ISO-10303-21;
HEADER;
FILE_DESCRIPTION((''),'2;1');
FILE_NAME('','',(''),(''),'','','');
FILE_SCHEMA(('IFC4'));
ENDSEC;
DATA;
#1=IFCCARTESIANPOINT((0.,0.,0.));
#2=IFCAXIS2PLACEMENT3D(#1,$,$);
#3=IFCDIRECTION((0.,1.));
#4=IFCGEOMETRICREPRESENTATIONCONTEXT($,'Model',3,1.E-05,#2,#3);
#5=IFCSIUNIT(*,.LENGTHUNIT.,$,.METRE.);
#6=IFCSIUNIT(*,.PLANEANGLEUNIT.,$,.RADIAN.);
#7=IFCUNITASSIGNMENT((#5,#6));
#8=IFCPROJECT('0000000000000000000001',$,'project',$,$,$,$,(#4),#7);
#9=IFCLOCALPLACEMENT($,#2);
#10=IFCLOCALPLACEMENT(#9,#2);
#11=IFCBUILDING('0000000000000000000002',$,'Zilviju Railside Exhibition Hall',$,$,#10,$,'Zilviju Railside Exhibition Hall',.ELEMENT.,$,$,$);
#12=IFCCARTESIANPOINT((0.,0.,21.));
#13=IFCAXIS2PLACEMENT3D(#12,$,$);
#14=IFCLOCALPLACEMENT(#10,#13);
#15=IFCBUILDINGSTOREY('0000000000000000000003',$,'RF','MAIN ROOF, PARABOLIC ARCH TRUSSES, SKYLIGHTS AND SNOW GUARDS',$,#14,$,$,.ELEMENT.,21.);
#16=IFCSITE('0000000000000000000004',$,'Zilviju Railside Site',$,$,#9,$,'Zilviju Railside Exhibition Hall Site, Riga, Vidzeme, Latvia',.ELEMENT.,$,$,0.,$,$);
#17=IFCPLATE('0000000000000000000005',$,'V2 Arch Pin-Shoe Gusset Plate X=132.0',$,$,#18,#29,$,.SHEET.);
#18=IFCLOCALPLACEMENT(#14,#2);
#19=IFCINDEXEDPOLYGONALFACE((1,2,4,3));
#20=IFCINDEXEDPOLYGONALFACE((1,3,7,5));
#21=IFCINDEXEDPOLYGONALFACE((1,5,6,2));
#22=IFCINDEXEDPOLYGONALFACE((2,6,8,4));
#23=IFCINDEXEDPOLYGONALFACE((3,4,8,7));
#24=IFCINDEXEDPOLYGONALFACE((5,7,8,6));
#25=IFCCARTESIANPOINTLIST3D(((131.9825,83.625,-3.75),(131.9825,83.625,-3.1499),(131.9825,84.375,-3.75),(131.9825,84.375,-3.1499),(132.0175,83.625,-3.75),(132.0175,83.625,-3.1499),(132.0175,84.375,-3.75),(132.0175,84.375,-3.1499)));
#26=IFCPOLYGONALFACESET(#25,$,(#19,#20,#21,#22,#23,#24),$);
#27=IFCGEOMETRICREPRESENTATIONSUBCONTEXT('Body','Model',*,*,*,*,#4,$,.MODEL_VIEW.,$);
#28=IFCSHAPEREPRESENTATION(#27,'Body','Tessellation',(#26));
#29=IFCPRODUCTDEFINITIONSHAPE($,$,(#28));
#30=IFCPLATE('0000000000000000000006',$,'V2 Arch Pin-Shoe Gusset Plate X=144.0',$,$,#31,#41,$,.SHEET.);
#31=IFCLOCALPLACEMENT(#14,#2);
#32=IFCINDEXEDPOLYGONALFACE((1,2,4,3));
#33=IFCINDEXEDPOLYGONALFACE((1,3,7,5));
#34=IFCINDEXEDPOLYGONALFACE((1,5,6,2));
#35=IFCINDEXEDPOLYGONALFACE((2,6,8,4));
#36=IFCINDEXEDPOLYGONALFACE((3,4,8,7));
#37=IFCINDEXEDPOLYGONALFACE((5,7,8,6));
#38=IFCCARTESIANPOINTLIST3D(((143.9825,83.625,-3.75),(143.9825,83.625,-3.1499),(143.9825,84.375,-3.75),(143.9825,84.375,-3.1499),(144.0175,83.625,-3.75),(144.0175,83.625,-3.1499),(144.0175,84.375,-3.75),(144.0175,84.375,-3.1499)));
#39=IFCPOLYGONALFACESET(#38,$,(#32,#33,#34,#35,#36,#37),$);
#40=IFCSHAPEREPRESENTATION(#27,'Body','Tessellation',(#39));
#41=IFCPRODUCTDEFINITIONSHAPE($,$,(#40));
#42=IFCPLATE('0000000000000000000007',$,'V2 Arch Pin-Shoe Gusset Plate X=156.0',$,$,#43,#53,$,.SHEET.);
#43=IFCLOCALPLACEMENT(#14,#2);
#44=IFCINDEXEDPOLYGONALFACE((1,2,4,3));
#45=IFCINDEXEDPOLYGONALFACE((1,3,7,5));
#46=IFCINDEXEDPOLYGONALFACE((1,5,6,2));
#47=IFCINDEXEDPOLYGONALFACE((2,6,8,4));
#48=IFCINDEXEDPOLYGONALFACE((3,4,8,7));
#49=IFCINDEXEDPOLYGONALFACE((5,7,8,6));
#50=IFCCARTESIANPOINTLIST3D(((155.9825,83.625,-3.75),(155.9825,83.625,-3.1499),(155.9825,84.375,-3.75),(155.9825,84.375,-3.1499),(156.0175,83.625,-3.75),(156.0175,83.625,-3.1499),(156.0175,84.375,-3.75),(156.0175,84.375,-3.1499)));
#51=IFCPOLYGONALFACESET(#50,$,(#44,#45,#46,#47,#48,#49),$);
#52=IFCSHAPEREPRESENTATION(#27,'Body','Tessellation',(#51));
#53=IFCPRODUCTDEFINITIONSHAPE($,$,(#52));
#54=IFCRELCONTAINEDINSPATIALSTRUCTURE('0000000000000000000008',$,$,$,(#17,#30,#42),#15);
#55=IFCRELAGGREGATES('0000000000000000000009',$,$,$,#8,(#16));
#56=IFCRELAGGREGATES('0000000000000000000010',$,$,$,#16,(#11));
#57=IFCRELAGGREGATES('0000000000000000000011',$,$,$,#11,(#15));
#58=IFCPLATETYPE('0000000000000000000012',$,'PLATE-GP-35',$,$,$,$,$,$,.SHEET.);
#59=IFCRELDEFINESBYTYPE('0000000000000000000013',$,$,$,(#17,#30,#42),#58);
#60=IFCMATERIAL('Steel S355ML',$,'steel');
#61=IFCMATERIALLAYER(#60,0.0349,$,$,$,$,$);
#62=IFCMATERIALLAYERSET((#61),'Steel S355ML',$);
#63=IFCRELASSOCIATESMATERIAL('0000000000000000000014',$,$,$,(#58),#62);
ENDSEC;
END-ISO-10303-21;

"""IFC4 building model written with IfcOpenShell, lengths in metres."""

from ifc_helpers import new_model, si_unit, direction, frame, origin, origin_2d, place, context, subcontext, project, spatial, rectangle, extrude, material, layer, layer_set, type_object, element, save


model = new_model("IFC4")

# Units and contexts
model_context = context("Model", 3, precision=1e-05, world=origin(), true_north=direction((0.0, 1.0)))
body_context = subcontext(model_context, "Body", "Model", "MODEL_VIEW")
ifc_project = project(units=[si_unit("LENGTHUNIT", "METRE"), si_unit("PLANEANGLEUNIT", "RADIAN")], contexts=[model_context])

# Site, building, storey
site_placement = place(None, origin())
site = spatial("IfcSite", under=ifc_project, at=site_placement, Name="Zilviju Railside Site", LongName="Zilviju Railside Exhibition Hall Site, Riga, Vidzeme, Latvia", CompositionType="ELEMENT", RefElevation=0.0)
building_placement = place(site_placement, origin())
building = spatial("IfcBuilding", under=site, at=building_placement, Name="Zilviju Railside Exhibition Hall", LongName="Zilviju Railside Exhibition Hall", CompositionType="ELEMENT")
storey_placement = place(building_placement, frame((0.0, 0.0, 21.0)))
storey = spatial("IfcBuildingStorey", under=building, at=storey_placement, Name="RF", Description="MAIN ROOF, PARABOLIC ARCH TRUSSES, SKYLIGHTS AND SNOW GUARDS", CompositionType="ELEMENT", Elevation=21.0)

# Plates
ifc_material_1 = material(Name="Steel S355ML", Category="steel")
ifc_layer_1 = layer(ifc_material_1, 0.0349)
ifc_layer_set_1 = layer_set([ifc_layer_1], Name="Steel S355ML")
plate_type_1 = type_object("IfcPlateType", Name="PLATE-GP-35", PredefinedType="SHEET", material=ifc_layer_set_1)
for number, where, z_axis, x_axis, name in (
    (1, (132.0, 84.0, -3.75), (0.0, 0.0, 1.0), (1.0, 0.0, 0.0), "V2 Arch Pin-Shoe Gusset Plate X=132.0"),
    (2, (144.0, 84.0, -3.75), (0.0, 0.0, 1.0), (1.0, 0.0, 0.0), "V2 Arch Pin-Shoe Gusset Plate X=144.0"),
    (3, (156.0, 84.0, -3.75), (0.0, 0.0, 1.0), (1.0, 0.0, 0.0), "V2 Arch Pin-Shoe Gusset Plate X=156.0"),
):
    element("IfcPlate", number, at=place(storey_placement, frame(where, z_axis=z_axis, x_axis=x_axis)), inside=storey, type_object=plate_type_1, Name=name, PredefinedType="SHEET", context=body_context, shape_type="SweptSolid", body=[
        extrude(rectangle(XDim=0.0349, YDim=0.75, at=origin_2d()), origin(), (0.0, 0.0, 1.0), 0.6001),
    ])

save(model, "model.ifc")
